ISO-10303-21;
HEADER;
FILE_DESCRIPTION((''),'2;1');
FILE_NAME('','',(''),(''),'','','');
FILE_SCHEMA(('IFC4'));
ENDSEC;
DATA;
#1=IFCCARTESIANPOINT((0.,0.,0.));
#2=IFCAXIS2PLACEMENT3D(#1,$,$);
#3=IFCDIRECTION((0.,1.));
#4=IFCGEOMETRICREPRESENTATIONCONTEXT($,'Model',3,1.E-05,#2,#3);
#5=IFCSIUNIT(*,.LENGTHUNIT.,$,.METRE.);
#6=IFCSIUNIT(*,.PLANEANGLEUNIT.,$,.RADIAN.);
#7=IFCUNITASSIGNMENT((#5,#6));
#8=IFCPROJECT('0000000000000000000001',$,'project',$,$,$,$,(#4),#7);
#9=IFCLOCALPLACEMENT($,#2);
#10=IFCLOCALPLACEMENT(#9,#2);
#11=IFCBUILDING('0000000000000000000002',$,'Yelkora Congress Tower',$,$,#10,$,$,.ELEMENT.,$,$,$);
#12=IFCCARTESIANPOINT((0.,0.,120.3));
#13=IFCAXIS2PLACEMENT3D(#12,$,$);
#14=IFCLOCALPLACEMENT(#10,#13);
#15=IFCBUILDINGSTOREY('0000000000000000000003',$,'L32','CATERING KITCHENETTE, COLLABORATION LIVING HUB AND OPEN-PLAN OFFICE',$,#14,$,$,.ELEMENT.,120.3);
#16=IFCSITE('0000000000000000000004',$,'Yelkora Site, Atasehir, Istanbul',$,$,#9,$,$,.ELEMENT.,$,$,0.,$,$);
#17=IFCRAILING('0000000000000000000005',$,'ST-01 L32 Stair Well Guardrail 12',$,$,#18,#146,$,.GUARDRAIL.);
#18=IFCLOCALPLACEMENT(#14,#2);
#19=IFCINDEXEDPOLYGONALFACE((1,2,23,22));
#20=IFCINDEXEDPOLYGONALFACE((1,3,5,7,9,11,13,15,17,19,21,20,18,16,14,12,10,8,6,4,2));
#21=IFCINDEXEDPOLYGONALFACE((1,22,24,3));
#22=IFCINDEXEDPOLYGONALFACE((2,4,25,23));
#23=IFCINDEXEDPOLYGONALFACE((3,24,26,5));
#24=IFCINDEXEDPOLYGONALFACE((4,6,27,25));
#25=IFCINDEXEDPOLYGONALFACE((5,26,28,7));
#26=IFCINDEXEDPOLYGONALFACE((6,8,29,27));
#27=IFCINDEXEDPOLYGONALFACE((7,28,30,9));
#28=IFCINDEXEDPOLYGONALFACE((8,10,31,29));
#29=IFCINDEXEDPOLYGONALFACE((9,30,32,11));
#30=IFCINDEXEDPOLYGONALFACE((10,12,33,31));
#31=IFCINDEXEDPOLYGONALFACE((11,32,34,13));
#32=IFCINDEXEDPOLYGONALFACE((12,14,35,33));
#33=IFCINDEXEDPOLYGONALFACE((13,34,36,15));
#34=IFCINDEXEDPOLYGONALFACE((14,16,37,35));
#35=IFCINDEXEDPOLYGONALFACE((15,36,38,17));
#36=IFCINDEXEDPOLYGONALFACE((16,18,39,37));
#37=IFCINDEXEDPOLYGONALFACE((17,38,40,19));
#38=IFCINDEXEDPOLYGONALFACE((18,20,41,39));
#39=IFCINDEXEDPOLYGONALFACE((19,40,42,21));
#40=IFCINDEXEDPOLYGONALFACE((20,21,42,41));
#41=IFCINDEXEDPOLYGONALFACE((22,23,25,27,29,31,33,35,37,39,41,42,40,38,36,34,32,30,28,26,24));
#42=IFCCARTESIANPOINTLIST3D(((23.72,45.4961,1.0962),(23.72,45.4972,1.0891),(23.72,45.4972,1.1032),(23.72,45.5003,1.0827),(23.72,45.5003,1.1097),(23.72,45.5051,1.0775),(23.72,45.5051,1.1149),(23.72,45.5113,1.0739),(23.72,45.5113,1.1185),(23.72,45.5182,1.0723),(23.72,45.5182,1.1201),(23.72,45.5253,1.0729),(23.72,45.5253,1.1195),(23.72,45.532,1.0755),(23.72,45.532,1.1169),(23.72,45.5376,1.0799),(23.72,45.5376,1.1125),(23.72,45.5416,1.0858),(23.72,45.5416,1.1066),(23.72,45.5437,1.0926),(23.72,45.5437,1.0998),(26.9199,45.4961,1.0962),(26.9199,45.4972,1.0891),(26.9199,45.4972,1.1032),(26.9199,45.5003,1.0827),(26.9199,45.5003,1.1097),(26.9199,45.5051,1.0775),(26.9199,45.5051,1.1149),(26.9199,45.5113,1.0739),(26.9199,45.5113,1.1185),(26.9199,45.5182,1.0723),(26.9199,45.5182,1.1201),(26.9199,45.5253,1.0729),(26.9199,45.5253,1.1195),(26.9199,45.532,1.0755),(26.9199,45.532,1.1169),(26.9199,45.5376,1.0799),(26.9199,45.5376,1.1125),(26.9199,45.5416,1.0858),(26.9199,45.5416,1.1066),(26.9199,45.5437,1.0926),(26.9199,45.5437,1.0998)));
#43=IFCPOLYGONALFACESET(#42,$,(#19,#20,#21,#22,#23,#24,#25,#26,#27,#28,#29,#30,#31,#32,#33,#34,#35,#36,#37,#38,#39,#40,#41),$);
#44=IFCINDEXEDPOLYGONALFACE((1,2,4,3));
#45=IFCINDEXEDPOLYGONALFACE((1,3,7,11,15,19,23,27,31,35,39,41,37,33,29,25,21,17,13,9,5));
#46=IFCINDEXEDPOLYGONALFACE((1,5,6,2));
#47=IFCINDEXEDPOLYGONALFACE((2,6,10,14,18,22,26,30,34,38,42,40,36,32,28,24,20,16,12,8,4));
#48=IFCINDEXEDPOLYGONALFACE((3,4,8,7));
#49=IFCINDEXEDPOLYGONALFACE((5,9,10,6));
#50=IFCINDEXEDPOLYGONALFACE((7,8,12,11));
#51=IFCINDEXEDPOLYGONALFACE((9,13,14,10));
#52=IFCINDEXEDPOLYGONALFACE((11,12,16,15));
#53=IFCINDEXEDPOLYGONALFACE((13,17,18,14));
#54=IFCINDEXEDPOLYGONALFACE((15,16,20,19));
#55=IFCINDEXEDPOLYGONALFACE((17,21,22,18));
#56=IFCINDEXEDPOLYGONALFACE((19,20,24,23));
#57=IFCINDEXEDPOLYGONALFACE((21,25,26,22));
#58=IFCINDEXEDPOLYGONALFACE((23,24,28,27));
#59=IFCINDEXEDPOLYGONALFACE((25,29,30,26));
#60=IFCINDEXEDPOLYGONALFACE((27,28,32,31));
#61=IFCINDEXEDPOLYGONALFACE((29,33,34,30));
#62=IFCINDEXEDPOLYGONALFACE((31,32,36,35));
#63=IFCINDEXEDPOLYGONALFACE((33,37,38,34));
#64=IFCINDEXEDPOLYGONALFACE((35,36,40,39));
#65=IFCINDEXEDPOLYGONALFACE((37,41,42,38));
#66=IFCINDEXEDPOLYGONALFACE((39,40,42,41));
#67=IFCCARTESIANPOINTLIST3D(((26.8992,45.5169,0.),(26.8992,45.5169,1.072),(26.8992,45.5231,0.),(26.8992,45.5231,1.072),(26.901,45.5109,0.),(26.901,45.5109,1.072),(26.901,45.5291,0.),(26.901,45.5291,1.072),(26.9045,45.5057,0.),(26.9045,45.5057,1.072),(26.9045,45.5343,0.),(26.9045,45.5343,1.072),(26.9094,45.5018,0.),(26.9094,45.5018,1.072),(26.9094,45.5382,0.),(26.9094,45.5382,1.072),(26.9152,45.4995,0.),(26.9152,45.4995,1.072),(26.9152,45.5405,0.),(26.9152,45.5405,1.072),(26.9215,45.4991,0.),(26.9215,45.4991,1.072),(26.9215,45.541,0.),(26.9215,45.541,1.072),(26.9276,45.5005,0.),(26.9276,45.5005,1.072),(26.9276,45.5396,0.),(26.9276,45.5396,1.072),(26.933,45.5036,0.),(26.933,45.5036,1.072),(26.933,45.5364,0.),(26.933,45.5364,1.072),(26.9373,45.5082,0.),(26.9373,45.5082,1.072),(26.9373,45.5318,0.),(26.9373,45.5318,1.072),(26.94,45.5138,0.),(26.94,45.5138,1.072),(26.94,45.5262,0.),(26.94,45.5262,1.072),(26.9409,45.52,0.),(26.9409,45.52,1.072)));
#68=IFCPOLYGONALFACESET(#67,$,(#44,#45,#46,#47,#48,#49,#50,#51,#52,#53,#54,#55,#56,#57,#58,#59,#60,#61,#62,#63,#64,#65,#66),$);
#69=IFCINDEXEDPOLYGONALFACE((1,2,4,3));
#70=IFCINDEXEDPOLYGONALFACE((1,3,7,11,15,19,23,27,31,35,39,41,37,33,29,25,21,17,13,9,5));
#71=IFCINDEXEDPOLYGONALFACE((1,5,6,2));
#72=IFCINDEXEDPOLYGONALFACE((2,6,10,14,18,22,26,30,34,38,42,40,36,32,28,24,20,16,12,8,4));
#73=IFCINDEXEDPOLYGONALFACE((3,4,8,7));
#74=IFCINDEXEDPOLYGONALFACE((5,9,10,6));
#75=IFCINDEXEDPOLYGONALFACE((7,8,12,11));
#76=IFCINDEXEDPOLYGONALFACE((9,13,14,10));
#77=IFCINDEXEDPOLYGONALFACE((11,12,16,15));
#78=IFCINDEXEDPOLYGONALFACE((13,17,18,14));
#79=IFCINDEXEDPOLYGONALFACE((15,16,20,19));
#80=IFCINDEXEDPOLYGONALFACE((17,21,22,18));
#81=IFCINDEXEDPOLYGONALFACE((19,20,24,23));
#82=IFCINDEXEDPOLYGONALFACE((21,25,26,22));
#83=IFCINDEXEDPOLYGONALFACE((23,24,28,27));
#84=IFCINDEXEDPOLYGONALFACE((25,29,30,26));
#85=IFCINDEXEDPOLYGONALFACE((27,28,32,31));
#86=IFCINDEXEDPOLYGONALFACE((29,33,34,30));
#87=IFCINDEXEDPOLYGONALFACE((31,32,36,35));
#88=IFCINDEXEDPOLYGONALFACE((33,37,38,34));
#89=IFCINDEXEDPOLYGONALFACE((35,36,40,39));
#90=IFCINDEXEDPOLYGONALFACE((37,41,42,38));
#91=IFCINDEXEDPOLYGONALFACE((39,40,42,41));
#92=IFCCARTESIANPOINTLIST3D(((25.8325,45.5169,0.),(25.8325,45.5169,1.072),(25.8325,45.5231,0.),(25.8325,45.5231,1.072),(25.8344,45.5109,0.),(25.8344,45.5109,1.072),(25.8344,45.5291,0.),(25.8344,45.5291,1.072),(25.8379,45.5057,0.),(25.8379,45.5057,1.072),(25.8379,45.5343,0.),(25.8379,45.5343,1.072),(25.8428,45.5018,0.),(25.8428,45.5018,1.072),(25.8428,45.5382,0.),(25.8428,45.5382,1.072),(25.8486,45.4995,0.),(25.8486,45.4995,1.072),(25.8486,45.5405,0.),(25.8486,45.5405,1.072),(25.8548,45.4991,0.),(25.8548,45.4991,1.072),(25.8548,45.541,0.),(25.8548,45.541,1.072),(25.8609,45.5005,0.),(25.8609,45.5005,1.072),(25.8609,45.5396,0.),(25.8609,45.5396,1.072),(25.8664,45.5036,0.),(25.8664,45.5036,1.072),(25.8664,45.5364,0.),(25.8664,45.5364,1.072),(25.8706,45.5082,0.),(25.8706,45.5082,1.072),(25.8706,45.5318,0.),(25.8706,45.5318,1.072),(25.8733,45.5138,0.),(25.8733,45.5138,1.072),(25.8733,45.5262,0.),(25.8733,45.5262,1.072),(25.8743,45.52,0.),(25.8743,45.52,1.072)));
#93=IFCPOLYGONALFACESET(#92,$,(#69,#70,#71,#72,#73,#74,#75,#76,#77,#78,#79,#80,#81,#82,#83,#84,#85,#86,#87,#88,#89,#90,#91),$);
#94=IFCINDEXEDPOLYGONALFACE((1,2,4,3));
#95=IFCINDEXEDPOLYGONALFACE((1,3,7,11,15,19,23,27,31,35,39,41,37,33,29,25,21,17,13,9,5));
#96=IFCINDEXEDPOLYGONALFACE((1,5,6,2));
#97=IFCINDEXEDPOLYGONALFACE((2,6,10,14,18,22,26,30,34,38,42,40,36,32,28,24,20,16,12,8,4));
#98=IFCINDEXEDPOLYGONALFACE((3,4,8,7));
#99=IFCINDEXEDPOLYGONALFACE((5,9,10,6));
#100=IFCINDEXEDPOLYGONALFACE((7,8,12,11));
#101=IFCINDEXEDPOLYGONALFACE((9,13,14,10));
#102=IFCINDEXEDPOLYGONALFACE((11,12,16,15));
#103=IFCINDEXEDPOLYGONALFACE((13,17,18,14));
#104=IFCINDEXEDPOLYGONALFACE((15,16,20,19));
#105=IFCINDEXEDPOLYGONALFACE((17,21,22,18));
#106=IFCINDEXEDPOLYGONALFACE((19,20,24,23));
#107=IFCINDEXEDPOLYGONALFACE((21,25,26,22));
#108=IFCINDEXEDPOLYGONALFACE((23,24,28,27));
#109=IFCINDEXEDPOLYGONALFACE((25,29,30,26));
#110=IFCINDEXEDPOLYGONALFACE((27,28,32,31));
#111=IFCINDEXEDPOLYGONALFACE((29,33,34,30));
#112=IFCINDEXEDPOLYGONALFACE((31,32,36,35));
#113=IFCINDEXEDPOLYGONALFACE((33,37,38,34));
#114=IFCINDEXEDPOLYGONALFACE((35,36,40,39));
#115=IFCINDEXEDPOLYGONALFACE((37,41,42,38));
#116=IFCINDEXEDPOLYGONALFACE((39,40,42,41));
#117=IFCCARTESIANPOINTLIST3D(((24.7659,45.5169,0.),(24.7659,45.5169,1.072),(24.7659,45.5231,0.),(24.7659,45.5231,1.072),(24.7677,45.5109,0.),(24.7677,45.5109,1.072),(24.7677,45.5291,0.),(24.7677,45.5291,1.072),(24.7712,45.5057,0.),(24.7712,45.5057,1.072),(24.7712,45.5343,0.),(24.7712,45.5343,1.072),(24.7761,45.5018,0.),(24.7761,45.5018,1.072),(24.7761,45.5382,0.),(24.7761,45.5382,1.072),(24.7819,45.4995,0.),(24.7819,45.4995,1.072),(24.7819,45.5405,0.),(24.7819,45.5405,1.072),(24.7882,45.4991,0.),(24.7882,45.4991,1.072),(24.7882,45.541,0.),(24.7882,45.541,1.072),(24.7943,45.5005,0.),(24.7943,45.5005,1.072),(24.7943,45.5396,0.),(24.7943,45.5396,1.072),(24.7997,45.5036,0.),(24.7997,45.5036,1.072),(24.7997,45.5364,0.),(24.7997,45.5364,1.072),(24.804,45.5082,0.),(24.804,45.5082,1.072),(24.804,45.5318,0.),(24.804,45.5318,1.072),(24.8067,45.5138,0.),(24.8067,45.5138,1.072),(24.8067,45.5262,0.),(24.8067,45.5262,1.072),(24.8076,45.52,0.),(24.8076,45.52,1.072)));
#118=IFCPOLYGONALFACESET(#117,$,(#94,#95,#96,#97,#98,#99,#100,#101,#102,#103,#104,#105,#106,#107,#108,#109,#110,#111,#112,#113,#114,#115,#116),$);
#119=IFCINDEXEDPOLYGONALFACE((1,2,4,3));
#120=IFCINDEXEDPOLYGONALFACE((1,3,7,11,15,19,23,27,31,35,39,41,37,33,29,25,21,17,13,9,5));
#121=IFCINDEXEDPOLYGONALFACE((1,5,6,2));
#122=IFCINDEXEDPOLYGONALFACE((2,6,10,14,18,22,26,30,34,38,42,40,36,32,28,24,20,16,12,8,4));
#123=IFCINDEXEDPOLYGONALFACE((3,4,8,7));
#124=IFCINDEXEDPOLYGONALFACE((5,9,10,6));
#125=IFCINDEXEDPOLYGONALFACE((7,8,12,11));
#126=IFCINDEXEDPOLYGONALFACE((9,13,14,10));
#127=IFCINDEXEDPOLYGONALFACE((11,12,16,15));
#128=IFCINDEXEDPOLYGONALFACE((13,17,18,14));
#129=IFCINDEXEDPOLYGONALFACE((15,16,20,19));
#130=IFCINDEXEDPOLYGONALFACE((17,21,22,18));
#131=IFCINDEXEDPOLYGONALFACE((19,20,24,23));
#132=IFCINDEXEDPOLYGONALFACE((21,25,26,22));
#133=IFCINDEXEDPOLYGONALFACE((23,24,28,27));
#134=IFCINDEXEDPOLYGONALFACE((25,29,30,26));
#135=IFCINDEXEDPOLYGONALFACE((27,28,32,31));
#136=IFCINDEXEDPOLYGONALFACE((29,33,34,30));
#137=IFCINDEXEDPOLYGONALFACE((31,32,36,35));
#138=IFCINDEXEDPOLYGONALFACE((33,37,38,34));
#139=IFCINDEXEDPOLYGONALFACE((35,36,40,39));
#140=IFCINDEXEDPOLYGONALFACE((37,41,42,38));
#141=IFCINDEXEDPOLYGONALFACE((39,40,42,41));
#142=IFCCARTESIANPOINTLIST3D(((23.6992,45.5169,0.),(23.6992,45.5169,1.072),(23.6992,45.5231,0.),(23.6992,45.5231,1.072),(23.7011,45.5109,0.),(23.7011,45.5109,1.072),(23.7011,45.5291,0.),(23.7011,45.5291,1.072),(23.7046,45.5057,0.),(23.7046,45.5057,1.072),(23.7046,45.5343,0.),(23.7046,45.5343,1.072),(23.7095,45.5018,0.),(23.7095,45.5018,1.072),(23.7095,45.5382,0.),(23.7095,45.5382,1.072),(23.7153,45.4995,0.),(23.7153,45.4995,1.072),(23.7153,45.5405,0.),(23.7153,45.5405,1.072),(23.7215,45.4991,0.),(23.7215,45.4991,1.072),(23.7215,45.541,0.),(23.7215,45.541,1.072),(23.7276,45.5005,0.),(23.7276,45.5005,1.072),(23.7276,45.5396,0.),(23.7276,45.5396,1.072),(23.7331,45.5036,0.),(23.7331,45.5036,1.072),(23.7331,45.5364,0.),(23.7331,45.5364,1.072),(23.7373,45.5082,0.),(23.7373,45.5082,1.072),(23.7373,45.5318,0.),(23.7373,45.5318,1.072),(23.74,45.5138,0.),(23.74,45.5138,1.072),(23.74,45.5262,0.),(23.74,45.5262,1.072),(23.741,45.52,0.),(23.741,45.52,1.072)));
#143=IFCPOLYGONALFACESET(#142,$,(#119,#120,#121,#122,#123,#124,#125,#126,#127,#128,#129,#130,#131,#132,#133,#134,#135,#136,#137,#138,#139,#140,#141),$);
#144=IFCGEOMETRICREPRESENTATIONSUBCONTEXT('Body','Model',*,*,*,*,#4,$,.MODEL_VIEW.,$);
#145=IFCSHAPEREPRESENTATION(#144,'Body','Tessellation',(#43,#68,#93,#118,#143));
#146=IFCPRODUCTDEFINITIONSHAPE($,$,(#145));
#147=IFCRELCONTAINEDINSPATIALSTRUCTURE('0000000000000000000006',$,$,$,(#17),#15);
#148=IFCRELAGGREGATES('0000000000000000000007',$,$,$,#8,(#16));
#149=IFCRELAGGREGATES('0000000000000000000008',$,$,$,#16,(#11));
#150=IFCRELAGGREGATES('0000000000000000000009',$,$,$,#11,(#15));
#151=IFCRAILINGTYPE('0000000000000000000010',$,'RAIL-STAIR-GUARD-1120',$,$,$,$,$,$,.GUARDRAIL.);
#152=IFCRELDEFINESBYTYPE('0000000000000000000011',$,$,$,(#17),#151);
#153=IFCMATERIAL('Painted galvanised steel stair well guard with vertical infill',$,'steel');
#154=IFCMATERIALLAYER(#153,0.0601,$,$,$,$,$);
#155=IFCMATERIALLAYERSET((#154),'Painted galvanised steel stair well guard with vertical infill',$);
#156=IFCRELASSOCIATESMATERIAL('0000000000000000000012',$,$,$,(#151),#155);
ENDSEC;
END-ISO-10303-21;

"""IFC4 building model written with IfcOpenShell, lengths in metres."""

from ifc_helpers import new_model, si_unit, direction, frame, origin, origin_2d, place, context, subcontext, project, spatial, circle, extrude, material, layer, layer_set, type_object, element, save


model = new_model("IFC4")

# Units and contexts
model_context = context("Model", 3, precision=1e-05, world=origin(), true_north=direction((0.0, 1.0)))
body_context = subcontext(model_context, "Body", "Model", "MODEL_VIEW")
ifc_project = project(units=[si_unit("LENGTHUNIT", "METRE"), si_unit("PLANEANGLEUNIT", "RADIAN")], contexts=[model_context])

# Site, building, storey
site_placement = place(None, origin())
site = spatial("IfcSite", under=ifc_project, at=site_placement, Name="Yelkora Site, Atasehir, Istanbul", CompositionType="ELEMENT", RefElevation=0.0)
building_placement = place(site_placement, origin())
building = spatial("IfcBuilding", under=site, at=building_placement, Name="Yelkora Congress Tower", CompositionType="ELEMENT")
storey_placement = place(building_placement, frame((0.0, 0.0, 120.3)))
storey = spatial("IfcBuildingStorey", under=building, at=storey_placement, Name="L32", Description="CATERING KITCHENETTE, COLLABORATION LIVING HUB AND OPEN-PLAN OFFICE", CompositionType="ELEMENT", Elevation=120.3)

# Railing
ifc_material_1 = material(Name="Painted galvanised steel stair well guard with vertical infill", Category="steel")
ifc_layer_1 = layer(ifc_material_1, 0.0601)
ifc_layer_set_1 = layer_set([ifc_layer_1], Name="Painted galvanised steel stair well guard with vertical infill")
railing_type_1 = type_object("IfcRailingType", Name="RAIL-STAIR-GUARD-1120", PredefinedType="GUARDRAIL", material=ifc_layer_set_1)
railing_1_placement = place(storey_placement, frame((26.9199, 45.52, 0.0)))
element("IfcRailing", 1, at=railing_1_placement, inside=storey, type_object=railing_type_1, Name="ST-01 L32 Stair Well Guardrail 12", PredefinedType="GUARDRAIL", context=body_context, shape_type="SweptSolid", body=[
    extrude(circle(Radius=0.0239, at=origin_2d()), frame((0.0, 0.0, 1.0962), z_axis=(-1.0, 0.0, 0.0), x_axis=(0.0, -1.0, 0.0)), (0.0, 0.0, 1.0), 3.2),
    extrude(circle(Radius=0.021, at=origin_2d()), origin(), (0.0, 0.0, 1.0), 1.072),
    extrude(circle(Radius=0.021, at=origin_2d()), frame((-1.0667, 0.0, 0.0)), (0.0, 0.0, 1.0), 1.072),
    extrude(circle(Radius=0.021, at=origin_2d()), frame((-2.1333, 0.0, 0.0)), (0.0, 0.0, 1.0), 1.072),
    extrude(circle(Radius=0.021, at=origin_2d()), frame((-3.2, 0.0, 0.0)), (0.0, 0.0, 1.0), 1.072),
])

save(model, "model.ifc")
